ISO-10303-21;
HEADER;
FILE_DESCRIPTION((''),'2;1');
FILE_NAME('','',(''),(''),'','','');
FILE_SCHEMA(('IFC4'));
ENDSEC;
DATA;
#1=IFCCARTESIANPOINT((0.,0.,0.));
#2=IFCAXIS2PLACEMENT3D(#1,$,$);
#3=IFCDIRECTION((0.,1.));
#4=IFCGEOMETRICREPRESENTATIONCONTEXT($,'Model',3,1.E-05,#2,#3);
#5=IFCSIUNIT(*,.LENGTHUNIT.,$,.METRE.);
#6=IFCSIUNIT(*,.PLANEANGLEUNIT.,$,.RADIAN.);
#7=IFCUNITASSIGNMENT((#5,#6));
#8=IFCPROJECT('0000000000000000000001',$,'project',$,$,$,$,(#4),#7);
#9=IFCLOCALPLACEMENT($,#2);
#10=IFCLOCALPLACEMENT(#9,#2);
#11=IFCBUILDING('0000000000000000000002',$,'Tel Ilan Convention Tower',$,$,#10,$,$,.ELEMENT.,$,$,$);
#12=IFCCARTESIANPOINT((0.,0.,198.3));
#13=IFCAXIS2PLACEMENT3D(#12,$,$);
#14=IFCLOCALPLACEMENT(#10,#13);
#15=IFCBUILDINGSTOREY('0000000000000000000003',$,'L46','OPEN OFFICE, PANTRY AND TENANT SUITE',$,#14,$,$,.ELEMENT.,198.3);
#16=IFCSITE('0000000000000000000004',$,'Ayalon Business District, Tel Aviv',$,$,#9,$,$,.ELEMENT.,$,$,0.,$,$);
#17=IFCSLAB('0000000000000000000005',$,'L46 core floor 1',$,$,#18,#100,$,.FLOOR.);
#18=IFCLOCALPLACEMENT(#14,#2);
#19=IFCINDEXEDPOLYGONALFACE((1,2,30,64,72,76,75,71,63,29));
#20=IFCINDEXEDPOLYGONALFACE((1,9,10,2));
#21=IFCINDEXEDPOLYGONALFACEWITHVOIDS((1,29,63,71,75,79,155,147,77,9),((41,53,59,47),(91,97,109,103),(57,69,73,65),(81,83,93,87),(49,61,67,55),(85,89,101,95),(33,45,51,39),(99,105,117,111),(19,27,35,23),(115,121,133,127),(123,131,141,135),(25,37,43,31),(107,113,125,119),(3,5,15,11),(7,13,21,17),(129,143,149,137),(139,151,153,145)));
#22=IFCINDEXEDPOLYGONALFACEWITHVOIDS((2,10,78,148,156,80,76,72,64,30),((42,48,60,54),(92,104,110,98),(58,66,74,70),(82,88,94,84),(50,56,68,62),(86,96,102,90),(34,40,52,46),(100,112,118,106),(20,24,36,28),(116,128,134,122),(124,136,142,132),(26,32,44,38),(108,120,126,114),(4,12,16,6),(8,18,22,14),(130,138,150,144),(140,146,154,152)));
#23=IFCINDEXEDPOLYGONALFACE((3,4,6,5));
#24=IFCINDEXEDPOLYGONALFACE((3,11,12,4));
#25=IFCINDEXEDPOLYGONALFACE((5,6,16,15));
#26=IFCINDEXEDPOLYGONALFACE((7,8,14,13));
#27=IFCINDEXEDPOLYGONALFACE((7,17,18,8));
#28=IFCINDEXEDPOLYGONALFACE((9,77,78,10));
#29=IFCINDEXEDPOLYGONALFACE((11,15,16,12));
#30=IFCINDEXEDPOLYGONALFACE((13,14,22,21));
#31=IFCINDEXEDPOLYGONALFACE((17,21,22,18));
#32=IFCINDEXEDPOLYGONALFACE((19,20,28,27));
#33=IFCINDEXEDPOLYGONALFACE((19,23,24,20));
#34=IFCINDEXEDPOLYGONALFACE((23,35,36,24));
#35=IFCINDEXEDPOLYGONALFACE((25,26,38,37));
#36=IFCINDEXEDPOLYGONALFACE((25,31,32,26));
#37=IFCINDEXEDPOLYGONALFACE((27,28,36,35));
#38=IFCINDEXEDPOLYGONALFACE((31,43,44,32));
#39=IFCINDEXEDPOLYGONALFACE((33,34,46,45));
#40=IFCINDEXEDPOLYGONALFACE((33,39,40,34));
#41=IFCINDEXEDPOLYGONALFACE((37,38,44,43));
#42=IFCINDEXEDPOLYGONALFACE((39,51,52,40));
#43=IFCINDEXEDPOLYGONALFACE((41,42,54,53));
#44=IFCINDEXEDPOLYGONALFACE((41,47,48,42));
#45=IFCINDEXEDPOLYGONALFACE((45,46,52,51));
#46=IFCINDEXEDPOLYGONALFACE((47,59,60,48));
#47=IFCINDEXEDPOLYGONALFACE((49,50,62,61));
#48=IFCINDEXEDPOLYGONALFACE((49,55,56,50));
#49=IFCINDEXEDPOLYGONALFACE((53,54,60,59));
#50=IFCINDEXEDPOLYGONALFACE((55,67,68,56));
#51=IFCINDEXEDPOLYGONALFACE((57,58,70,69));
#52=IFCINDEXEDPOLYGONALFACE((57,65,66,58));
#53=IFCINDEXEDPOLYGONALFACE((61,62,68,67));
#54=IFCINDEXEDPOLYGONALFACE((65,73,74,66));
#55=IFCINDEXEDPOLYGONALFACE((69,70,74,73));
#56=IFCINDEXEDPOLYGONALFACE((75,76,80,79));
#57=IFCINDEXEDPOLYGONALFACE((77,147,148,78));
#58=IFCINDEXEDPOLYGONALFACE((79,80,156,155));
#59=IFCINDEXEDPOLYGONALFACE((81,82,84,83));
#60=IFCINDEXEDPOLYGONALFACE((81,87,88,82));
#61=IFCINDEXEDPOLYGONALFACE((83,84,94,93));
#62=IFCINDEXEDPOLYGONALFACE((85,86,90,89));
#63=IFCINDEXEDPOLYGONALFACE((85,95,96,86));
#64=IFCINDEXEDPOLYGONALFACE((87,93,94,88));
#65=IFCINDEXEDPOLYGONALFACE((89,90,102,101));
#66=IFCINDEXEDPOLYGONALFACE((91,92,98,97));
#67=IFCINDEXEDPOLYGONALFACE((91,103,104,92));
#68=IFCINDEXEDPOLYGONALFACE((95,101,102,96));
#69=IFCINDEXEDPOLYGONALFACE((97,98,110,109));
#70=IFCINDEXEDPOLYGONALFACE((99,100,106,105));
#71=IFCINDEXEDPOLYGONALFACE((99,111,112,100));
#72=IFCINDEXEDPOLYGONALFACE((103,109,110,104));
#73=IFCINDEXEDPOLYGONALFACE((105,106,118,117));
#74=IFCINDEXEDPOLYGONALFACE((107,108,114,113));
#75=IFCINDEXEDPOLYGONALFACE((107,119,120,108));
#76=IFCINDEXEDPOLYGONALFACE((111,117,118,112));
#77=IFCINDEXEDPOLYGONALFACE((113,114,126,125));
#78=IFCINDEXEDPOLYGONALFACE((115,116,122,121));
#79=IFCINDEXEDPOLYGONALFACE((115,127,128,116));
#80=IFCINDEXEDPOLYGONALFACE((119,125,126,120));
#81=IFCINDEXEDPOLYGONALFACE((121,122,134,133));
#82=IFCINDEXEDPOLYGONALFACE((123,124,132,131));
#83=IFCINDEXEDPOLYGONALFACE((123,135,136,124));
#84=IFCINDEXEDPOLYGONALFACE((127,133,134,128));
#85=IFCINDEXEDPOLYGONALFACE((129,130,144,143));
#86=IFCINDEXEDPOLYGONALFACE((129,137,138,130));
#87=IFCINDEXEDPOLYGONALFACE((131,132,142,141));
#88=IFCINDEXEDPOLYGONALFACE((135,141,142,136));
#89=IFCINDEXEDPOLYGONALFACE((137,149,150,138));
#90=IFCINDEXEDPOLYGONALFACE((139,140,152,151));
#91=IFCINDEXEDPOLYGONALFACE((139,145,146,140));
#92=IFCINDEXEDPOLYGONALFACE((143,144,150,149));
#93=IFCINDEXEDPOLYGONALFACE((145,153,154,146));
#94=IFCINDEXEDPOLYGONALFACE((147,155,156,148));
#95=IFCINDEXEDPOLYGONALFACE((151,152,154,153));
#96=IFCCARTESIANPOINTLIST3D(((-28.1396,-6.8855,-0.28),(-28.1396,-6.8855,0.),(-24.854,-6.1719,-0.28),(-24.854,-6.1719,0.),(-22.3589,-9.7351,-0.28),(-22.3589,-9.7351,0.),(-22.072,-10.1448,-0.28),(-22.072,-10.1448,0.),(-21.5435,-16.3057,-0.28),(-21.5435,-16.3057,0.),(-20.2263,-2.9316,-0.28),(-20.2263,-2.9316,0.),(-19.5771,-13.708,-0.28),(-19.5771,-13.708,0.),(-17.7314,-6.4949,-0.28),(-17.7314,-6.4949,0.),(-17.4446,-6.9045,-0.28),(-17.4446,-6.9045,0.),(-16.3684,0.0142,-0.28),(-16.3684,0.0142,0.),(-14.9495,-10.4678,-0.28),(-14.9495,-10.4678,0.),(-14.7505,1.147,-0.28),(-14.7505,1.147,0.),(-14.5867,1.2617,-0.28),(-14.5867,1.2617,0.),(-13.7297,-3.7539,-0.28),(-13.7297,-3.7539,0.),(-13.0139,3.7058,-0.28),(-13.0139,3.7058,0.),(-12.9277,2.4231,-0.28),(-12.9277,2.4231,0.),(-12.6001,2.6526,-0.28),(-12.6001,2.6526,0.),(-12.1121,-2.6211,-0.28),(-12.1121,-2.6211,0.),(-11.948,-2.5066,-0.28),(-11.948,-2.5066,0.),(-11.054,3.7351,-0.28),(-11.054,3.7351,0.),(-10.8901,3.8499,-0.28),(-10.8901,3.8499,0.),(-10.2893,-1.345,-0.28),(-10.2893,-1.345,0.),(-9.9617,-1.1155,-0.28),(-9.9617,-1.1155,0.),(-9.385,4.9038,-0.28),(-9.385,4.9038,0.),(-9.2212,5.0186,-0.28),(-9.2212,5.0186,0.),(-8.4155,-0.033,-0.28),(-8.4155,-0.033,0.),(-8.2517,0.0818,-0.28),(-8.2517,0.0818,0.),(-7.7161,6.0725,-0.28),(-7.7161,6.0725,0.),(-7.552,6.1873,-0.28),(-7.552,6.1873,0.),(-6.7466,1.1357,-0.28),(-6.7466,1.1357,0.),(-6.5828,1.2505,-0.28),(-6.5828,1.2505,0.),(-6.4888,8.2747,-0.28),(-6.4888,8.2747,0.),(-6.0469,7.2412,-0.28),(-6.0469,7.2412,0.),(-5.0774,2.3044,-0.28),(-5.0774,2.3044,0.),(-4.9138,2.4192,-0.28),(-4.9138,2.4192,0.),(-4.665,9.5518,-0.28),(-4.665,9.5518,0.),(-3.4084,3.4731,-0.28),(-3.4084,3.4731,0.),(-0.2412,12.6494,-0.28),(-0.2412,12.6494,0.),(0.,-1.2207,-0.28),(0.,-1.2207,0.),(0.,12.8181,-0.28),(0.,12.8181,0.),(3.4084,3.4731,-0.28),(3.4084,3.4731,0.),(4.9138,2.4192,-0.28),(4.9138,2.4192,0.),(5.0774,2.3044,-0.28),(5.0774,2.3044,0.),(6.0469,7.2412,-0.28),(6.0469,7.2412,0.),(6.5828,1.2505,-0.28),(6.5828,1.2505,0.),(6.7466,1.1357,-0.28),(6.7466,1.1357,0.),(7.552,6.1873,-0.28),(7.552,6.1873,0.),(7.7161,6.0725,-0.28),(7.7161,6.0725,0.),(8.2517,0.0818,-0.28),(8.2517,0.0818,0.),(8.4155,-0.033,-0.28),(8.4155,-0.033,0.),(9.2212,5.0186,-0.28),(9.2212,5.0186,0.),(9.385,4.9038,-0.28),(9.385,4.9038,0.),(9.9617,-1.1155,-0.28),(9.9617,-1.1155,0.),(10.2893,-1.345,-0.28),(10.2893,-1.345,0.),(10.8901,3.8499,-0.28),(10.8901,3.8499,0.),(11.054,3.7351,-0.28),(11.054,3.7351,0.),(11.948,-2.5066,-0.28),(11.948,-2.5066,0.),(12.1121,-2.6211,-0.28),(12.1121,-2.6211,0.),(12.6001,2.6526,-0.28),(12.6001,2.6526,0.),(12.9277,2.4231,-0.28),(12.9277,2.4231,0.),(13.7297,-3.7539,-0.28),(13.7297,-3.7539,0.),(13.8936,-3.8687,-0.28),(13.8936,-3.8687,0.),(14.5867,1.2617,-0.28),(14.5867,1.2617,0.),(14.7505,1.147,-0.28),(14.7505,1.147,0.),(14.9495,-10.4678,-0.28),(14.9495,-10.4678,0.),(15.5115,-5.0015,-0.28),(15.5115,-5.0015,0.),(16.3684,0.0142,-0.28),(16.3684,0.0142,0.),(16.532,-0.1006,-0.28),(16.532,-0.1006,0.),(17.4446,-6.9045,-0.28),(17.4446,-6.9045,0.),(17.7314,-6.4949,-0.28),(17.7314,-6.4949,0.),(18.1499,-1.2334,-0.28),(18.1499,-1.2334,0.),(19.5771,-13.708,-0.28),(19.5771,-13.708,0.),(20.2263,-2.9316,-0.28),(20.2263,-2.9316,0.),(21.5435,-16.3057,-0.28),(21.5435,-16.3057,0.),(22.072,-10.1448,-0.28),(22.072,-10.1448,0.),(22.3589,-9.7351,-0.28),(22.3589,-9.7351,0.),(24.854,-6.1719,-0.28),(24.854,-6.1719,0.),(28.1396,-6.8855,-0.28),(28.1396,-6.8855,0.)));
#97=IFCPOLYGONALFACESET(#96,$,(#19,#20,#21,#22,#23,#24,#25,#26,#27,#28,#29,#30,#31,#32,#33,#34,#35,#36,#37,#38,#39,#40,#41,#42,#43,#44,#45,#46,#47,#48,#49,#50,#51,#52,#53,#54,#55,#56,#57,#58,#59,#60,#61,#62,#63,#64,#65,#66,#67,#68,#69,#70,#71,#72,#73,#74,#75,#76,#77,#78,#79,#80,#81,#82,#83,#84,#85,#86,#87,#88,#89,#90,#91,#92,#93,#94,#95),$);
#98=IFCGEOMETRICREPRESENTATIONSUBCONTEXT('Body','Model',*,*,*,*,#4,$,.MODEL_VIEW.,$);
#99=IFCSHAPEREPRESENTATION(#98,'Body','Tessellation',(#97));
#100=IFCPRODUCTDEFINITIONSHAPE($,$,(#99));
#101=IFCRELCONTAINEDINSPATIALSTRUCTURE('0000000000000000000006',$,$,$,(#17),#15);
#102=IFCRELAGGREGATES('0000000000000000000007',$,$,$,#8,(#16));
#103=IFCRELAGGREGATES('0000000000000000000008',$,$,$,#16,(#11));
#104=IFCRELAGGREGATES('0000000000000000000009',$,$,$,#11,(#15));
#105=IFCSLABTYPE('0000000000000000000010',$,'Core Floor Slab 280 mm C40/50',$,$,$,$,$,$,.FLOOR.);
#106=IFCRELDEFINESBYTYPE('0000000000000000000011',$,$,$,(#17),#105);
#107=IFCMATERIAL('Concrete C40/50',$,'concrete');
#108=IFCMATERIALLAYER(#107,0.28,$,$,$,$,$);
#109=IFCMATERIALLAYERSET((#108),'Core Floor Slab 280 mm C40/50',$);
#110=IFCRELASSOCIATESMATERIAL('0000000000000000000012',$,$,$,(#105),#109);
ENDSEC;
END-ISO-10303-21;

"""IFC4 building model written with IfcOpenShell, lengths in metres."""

from ifc_helpers import new_model, si_unit, direction, frame, origin, place, context, subcontext, project, spatial, polyline, outline, extrude, material, layer, layer_set, type_object, element, save


model = new_model("IFC4")

# Units and contexts
model_context = context("Model", 3, precision=1e-05, world=origin(), true_north=direction((0.0, 1.0)))
body_context = subcontext(model_context, "Body", "Model", "MODEL_VIEW")
ifc_project = project(units=[si_unit("LENGTHUNIT", "METRE"), si_unit("PLANEANGLEUNIT", "RADIAN")], contexts=[model_context])

# Site, building, storey
site_placement = place(None, origin())
site = spatial("IfcSite", under=ifc_project, at=site_placement, Name="Ayalon Business District, Tel Aviv", CompositionType="ELEMENT", RefElevation=0.0)
building_placement = place(site_placement, origin())
building = spatial("IfcBuilding", under=site, at=building_placement, Name="Tel Ilan Convention Tower", CompositionType="ELEMENT")
storey_placement = place(building_placement, frame((0.0, 0.0, 198.3)))
storey = spatial("IfcBuildingStorey", under=building, at=storey_placement, Name="L46", Description="OPEN OFFICE, PANTRY AND TENANT SUITE", CompositionType="ELEMENT", Elevation=198.3)

# Slab
ifc_material_1 = material(Name="Concrete C40/50", Category="concrete")
ifc_layer_1 = layer(ifc_material_1, 0.28)
ifc_layer_set_1 = layer_set([ifc_layer_1], Name="Core Floor Slab 280 mm C40/50")
slab_type = type_object("IfcSlabType", Name="Core Floor Slab 280 mm C40/50", PredefinedType="FLOOR", material=ifc_layer_set_1)
slab_placement = place(storey_placement, frame((0.0, 0.0, -0.28)))
element("IfcSlab", 1, at=slab_placement, inside=storey, type_object=slab_type, Name="L46 core floor 1", PredefinedType="FLOOR", context=body_context, shape_type="SweptSolid", body=[
    extrude(outline(polyline([(0.0, 12.8181), (28.1396, -6.8855), (21.5435, -16.3057), (0.0, -1.2207), (-21.5435, -16.3057), (-28.1396, -6.8855), (-13.0139, 3.7058), (-6.4888, 8.2747), (-4.665, 9.5518), (-0.2412, 12.6494), (0.0, 12.8181)]), holes=[polyline([(-14.9495, -10.4678), (-17.4446, -6.9045), (-22.072, -10.1448), (-19.5771, -13.708), (-14.9495, -10.4678)]), polyline([(-17.7314, -6.4949), (-20.2263, -2.9316), (-24.854, -6.1719), (-22.3589, -9.7351), (-17.7314, -6.4949)]), polyline([(-14.7505, 1.147), (-16.3684, 0.0142), (-13.7297, -3.7539), (-12.1121, -2.6211), (-14.7505, 1.147)]), polyline([(-12.9277, 2.4231), (-14.5867, 1.2617), (-11.948, -2.5066), (-10.2893, -1.345), (-12.9277, 2.4231)]), polyline([(-11.054, 3.7351), (-12.6001, 2.6526), (-9.9617, -1.1155), (-8.4155, -0.033), (-11.054, 3.7351)]), polyline([(-9.385, 4.9038), (-10.8901, 3.8499), (-8.2517, 0.0818), (-6.7466, 1.1357), (-9.385, 4.9038)]), polyline([(-7.7161, 6.0725), (-9.2212, 5.0186), (-6.5828, 1.2505), (-5.0774, 2.3044), (-7.7161, 6.0725)]), polyline([(-6.0469, 7.2412), (-7.552, 6.1873), (-4.9138, 2.4192), (-3.4084, 3.4731), (-6.0469, 7.2412)]), polyline([(4.9138, 2.4192), (7.552, 6.1873), (6.0469, 7.2412), (3.4084, 3.4731), (4.9138, 2.4192)]), polyline([(17.4446, -6.9045), (14.9495, -10.4678), (19.5771, -13.708), (22.072, -10.1448), (17.4446, -6.9045)]), polyline([(20.2263, -2.9316), (17.7314, -6.4949), (22.3589, -9.7351), (24.854, -6.1719), (20.2263, -2.9316)]), polyline([(15.5115, -5.0015), (18.1499, -1.2334), (16.532, -0.1006), (13.8936, -3.8687), (15.5115, -5.0015)]), polyline([(13.7297, -3.7539), (16.3684, 0.0142), (14.7505, 1.147), (12.1121, -2.6211), (13.7297, -3.7539)]), polyline([(11.948, -2.5066), (14.5867, 1.2617), (12.9277, 2.4231), (10.2893, -1.345), (11.948, -2.5066)]), polyline([(9.9617, -1.1155), (12.6001, 2.6526), (11.054, 3.7351), (8.4155, -0.033), (9.9617, -1.1155)]), polyline([(6.7466, 1.1357), (8.2517, 0.0818), (10.8901, 3.8499), (9.385, 4.9038), (6.7466, 1.1357)]), polyline([(5.0774, 2.3044), (6.5828, 1.2505), (9.2212, 5.0186), (7.7161, 6.0725), (5.0774, 2.3044)])]), origin(), (0.0, 0.0, 1.0), 0.28),
])

save(model, "model.ifc")
